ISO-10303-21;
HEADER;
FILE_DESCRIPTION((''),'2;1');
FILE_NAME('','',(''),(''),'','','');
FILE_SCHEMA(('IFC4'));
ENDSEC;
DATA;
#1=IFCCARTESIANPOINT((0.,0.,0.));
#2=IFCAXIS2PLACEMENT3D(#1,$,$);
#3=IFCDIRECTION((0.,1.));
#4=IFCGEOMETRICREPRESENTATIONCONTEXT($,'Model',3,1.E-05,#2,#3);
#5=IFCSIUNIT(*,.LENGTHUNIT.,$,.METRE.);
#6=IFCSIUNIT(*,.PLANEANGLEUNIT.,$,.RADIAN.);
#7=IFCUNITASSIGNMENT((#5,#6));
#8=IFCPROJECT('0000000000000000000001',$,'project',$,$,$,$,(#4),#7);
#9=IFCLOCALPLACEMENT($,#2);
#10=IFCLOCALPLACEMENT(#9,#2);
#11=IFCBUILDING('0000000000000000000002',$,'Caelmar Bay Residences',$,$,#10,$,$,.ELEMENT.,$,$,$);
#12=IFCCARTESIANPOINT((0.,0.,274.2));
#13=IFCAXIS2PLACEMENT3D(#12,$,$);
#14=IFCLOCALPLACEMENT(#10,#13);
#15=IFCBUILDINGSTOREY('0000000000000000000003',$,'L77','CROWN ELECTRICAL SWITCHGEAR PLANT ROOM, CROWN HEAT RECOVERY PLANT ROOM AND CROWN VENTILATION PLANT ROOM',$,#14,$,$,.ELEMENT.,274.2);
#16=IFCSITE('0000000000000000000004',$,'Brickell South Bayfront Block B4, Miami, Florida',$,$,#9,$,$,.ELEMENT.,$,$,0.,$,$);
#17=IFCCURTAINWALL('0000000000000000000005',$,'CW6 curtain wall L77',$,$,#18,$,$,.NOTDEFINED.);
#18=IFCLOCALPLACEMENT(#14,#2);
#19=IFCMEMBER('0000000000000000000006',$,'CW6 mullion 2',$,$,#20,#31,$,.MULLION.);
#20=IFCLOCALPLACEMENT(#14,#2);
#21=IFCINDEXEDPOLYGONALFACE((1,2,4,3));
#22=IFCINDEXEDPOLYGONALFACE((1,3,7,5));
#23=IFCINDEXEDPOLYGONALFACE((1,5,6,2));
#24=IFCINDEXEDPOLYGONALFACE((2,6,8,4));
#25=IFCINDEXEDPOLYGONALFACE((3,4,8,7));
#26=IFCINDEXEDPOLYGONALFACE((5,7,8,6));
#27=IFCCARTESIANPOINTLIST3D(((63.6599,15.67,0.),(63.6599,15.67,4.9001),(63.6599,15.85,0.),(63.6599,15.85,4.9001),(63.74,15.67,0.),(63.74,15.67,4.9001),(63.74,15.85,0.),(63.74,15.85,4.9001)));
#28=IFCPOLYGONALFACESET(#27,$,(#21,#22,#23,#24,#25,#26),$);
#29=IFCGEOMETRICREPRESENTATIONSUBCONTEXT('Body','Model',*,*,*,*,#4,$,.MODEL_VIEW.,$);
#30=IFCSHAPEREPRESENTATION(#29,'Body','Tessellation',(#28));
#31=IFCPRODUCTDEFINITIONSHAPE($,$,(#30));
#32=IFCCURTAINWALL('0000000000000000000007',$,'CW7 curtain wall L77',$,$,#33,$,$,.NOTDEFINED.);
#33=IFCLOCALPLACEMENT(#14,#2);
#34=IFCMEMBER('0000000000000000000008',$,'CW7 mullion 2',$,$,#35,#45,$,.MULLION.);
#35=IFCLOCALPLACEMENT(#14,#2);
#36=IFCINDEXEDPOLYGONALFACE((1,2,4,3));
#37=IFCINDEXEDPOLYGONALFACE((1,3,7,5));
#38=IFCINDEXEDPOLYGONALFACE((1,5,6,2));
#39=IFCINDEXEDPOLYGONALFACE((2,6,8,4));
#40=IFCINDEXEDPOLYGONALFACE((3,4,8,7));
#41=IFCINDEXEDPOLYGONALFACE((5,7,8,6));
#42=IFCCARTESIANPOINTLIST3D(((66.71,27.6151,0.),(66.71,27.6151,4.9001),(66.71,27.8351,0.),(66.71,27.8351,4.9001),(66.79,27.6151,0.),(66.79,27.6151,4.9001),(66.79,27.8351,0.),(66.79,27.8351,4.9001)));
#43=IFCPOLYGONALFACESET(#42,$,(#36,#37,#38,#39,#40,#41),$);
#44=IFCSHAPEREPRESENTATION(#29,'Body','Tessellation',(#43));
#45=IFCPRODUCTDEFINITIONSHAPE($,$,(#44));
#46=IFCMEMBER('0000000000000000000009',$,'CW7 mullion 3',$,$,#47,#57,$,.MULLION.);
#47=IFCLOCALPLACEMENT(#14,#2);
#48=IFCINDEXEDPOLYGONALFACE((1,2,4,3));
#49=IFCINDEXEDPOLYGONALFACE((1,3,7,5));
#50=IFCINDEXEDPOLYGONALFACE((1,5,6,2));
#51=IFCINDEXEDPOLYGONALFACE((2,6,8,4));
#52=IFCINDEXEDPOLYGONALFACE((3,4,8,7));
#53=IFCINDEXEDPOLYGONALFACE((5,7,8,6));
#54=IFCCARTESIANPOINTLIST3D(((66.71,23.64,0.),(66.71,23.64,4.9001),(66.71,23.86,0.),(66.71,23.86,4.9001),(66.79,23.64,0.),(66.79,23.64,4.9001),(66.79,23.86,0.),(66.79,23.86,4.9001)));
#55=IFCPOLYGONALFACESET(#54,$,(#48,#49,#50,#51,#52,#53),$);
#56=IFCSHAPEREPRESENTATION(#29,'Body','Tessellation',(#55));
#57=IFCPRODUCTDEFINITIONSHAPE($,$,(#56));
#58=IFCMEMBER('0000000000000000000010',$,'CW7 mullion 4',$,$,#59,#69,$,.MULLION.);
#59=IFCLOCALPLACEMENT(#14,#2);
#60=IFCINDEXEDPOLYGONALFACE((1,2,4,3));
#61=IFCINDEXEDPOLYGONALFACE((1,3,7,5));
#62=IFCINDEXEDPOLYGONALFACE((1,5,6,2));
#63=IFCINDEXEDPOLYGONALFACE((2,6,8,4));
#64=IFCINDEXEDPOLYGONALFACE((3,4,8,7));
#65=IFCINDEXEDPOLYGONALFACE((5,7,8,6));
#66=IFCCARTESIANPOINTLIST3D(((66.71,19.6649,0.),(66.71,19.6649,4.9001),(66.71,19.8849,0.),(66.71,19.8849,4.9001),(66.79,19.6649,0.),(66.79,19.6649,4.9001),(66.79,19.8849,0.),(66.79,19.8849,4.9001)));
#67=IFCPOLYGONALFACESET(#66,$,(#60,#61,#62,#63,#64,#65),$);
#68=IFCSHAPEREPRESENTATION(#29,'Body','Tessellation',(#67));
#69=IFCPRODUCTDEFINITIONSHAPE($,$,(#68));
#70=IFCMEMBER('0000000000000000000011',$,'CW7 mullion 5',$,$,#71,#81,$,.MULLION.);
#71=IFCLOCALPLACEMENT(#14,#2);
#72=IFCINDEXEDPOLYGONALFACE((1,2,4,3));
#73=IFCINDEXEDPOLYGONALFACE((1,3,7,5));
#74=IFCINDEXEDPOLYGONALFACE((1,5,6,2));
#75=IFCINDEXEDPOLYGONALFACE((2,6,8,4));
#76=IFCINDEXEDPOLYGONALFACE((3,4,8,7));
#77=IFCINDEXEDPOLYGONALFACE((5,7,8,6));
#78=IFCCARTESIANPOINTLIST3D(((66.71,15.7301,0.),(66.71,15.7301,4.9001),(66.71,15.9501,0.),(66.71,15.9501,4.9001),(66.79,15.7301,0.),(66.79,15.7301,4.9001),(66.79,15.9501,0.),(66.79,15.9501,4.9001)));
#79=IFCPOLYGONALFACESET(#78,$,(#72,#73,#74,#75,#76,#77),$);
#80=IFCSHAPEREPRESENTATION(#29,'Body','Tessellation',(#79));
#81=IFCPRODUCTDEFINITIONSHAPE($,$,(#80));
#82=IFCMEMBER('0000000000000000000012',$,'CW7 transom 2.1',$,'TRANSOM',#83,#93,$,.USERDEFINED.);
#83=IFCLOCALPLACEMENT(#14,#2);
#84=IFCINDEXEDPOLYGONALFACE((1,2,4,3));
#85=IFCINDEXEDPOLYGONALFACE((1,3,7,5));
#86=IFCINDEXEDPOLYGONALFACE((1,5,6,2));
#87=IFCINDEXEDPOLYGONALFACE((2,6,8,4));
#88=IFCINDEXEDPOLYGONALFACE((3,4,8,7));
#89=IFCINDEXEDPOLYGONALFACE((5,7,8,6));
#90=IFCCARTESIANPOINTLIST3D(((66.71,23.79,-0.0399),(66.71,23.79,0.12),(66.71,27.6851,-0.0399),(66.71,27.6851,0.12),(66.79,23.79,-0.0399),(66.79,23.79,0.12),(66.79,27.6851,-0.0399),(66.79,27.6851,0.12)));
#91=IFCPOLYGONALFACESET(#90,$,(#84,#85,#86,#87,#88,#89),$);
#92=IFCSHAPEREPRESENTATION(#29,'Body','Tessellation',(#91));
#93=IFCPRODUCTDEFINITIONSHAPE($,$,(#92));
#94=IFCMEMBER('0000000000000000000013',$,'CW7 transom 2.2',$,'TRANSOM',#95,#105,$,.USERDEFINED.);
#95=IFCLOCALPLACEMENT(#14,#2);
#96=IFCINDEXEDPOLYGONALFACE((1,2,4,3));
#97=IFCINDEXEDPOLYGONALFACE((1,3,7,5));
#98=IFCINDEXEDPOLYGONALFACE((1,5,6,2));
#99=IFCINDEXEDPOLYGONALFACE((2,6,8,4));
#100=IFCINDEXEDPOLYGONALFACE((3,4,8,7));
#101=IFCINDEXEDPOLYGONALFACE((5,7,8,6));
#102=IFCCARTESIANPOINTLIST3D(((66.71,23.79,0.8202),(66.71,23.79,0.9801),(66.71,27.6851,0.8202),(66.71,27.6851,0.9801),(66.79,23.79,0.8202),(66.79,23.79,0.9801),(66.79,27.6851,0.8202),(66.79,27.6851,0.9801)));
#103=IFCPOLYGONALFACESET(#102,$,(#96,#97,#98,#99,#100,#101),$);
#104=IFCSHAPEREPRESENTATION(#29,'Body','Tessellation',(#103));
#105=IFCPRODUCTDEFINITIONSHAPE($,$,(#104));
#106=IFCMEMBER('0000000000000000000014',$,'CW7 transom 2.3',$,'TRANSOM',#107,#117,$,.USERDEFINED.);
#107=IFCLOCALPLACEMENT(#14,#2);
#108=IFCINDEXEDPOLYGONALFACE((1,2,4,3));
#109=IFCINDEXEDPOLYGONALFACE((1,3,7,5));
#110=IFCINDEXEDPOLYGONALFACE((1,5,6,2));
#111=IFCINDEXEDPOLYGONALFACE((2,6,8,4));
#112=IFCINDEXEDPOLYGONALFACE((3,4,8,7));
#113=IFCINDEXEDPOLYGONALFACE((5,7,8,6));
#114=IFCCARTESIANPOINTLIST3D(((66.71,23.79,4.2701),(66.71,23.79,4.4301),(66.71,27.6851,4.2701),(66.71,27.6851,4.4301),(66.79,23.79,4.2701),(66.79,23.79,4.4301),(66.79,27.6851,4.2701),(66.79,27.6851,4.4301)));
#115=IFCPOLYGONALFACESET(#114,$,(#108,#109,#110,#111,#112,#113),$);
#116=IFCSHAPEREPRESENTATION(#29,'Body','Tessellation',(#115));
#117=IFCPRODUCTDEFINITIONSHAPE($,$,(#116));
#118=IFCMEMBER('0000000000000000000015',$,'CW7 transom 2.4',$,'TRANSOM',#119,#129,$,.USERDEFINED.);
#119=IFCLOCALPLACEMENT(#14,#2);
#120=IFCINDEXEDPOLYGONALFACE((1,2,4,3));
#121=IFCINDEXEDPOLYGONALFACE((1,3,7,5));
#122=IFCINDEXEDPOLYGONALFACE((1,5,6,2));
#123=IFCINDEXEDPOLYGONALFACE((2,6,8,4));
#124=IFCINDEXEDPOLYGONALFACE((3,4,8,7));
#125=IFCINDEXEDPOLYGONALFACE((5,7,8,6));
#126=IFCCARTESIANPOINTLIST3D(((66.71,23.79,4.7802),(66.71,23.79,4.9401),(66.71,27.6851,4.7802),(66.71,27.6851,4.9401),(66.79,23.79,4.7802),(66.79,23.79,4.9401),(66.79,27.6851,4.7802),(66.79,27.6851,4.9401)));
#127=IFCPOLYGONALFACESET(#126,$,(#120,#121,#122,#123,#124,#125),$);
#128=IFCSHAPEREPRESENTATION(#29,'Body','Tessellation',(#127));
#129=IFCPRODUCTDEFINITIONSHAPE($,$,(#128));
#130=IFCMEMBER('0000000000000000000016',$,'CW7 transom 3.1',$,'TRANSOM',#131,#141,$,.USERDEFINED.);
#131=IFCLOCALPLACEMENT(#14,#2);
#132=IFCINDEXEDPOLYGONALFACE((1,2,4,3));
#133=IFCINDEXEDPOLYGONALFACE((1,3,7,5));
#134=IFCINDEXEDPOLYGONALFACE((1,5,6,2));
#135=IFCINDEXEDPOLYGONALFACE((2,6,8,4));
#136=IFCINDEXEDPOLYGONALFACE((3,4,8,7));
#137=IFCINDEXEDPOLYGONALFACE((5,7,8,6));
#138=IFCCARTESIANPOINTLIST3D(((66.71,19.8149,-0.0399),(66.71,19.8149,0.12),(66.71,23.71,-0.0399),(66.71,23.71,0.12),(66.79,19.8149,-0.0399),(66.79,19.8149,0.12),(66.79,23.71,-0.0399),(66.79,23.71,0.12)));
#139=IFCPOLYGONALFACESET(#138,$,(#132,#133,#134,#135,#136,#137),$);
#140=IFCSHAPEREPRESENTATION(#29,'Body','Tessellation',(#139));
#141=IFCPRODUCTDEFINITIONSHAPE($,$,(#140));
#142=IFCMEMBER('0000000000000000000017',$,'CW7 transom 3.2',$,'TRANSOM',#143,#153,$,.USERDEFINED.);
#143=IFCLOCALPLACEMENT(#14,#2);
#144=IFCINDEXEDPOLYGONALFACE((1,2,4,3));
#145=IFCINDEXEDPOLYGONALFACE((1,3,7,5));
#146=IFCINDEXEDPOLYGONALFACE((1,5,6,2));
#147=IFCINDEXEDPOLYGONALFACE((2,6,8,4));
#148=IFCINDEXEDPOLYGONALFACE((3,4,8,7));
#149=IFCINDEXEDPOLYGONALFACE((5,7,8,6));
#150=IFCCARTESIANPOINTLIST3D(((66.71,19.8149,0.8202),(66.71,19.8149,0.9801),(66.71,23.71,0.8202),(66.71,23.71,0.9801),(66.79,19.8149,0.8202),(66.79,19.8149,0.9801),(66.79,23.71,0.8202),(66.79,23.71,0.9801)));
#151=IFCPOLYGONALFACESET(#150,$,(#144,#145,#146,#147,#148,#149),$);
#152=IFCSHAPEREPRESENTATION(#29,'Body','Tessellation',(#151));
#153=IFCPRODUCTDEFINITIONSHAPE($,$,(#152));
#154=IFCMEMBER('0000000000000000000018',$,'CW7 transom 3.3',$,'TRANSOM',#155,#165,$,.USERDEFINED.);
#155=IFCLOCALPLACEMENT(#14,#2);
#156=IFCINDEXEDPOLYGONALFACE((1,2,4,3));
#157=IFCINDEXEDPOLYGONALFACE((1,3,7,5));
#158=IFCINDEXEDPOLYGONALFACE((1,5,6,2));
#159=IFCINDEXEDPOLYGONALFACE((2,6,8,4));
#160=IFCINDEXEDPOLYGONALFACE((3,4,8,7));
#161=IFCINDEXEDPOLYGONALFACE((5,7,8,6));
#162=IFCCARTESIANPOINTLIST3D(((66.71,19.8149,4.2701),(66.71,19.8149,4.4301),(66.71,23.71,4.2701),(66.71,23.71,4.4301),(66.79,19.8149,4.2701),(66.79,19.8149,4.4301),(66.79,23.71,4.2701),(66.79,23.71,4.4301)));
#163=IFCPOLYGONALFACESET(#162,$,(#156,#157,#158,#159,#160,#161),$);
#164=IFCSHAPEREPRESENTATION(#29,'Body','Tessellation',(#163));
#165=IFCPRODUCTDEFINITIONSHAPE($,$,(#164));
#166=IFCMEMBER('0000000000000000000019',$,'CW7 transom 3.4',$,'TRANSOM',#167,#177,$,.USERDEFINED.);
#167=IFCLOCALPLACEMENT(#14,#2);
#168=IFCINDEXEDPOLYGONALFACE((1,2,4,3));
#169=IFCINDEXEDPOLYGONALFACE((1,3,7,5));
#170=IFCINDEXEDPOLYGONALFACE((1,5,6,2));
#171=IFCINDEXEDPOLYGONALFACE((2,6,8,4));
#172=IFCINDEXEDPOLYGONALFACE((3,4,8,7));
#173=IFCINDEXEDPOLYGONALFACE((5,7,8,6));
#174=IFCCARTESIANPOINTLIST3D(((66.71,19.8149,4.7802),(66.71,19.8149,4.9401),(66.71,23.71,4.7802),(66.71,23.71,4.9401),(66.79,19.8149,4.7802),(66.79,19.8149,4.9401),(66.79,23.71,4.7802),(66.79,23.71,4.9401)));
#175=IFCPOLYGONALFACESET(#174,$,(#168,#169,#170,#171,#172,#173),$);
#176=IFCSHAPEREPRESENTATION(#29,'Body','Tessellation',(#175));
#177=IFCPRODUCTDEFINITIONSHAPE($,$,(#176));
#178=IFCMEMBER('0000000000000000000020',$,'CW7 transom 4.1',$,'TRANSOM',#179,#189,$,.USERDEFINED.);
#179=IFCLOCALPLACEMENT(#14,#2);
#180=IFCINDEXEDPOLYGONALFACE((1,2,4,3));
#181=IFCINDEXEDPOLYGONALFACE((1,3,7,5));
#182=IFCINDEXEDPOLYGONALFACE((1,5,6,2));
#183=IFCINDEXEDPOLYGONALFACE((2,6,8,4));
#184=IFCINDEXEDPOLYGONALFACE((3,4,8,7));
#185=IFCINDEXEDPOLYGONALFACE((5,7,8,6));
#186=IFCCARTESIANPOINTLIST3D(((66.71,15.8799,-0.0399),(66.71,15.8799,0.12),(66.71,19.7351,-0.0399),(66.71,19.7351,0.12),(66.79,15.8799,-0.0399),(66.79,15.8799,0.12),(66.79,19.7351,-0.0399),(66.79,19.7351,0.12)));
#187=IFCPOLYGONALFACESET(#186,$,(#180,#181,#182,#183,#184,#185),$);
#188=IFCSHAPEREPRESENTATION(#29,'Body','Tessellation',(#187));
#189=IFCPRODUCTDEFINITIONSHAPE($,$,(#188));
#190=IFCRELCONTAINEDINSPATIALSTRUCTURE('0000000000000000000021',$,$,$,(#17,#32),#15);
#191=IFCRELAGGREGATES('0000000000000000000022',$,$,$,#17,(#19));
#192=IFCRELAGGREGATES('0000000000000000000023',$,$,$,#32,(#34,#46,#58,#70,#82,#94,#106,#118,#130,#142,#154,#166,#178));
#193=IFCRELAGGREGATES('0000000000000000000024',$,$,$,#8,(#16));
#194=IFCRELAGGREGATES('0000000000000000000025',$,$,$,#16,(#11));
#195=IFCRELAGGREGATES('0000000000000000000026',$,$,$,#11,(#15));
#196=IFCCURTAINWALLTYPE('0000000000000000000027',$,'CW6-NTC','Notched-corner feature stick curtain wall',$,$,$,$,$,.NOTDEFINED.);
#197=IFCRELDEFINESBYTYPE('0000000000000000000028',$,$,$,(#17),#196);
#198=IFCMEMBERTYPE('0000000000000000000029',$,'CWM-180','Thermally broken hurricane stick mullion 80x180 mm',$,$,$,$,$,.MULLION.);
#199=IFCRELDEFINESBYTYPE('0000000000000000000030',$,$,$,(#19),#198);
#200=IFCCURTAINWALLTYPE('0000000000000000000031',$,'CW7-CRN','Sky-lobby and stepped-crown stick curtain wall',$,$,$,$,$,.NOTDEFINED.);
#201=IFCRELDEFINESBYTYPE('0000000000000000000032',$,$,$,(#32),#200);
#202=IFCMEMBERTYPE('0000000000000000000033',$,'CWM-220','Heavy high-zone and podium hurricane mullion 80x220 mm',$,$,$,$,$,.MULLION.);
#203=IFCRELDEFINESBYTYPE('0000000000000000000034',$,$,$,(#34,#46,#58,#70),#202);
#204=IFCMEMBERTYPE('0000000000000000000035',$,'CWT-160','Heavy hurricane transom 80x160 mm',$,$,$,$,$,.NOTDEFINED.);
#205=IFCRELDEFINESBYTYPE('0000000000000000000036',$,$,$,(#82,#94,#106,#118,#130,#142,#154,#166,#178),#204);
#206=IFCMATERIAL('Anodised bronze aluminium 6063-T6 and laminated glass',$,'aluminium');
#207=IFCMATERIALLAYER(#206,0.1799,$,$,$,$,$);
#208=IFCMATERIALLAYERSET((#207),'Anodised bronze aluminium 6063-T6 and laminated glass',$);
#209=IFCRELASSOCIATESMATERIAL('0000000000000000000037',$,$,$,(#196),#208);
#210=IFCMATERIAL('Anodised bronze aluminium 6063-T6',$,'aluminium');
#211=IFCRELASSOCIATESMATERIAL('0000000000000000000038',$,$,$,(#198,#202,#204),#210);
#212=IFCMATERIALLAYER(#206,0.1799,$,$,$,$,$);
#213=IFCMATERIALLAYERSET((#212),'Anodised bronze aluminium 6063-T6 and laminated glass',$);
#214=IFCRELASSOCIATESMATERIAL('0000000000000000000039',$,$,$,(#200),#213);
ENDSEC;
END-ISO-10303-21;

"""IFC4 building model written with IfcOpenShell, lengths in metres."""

from ifc_helpers import new_model, si_unit, direction, frame, origin, origin_2d, place, context, subcontext, project, spatial, rectangle, extrude, material, layer, layer_set, material_profile, profile_set, type_object, element, aggregate, save


model = new_model("IFC4")

# Units and contexts
model_context = context("Model", 3, precision=1e-05, world=origin(), true_north=direction((0.0, 1.0)))
body_context = subcontext(model_context, "Body", "Model", "MODEL_VIEW")
ifc_project = project(units=[si_unit("LENGTHUNIT", "METRE"), si_unit("PLANEANGLEUNIT", "RADIAN")], contexts=[model_context])

# Site, building, storey
site_placement = place(None, origin())
site = spatial("IfcSite", under=ifc_project, at=site_placement, Name="Brickell South Bayfront Block B4, Miami, Florida", CompositionType="ELEMENT", RefElevation=0.0)
building_placement = place(site_placement, origin())
building = spatial("IfcBuilding", under=site, at=building_placement, Name="Caelmar Bay Residences", CompositionType="ELEMENT")
storey_placement = place(building_placement, frame((0.0, 0.0, 274.2)))
storey = spatial("IfcBuildingStorey", under=building, at=storey_placement, Name="L77", Description="CROWN ELECTRICAL SWITCHGEAR PLANT ROOM, CROWN HEAT RECOVERY PLANT ROOM AND CROWN VENTILATION PLANT ROOM", CompositionType="ELEMENT", Elevation=274.2)

# Curtain wall, member
ifc_material_1 = material(Name="Anodised bronze aluminium 6063-T6 and laminated glass", Category="aluminium")
ifc_layer_1 = layer(ifc_material_1, 0.1799)
ifc_layer_set_1 = layer_set([ifc_layer_1], Name="Anodised bronze aluminium 6063-T6 and laminated glass")
curtain_wall_type_1 = type_object("IfcCurtainWallType", Name="CW6-NTC", Description="Notched-corner feature stick curtain wall", PredefinedType="NOTDEFINED", material=ifc_layer_set_1)
curtain_wall_1_placement = place(storey_placement, origin())
curtain_wall_1 = element("IfcCurtainWall", 1, at=curtain_wall_1_placement, inside=storey, type_object=curtain_wall_type_1, Name="CW6 curtain wall L77", PredefinedType="NOTDEFINED")
ifc_material_2 = material(Name="Anodised bronze aluminium 6063-T6", Category="aluminium")
ifc_material_profile_1 = material_profile(ifc_material_2, rectangle(XDim=0.0801, YDim=0.1799, at=origin_2d()), Name="CWM-80X180")
ifc_profile_set_1 = profile_set([ifc_material_profile_1], Name="Anodised bronze aluminium 6063-T6")
member_type_1 = type_object("IfcMemberType", Name="CWM-180", Description="Thermally broken hurricane stick mullion 80x180 mm", PredefinedType="MULLION", material=ifc_profile_set_1)
member_1_placement = place(storey_placement, frame((63.7, 15.76, 0.0), z_axis=(0.0, 0.0, 1.0), x_axis=(-1.0, 0.0, 0.0)))
member_1 = element("IfcMember", 2, at=member_1_placement, type_object=member_type_1, Name="CW6 mullion 2", PredefinedType="MULLION", context=body_context, shape_type="SweptSolid", body=[
    extrude(rectangle(XDim=0.0801, YDim=0.1799, at=origin_2d()), origin(), (0.0, 0.0, 1.0), 4.9001),
])

# Curtain wall, members
ifc_layer_2 = layer(ifc_material_1, 0.1799)
ifc_layer_set_2 = layer_set([ifc_layer_2], Name="Anodised bronze aluminium 6063-T6 and laminated glass")
curtain_wall_type_2 = type_object("IfcCurtainWallType", Name="CW7-CRN", Description="Sky-lobby and stepped-crown stick curtain wall", PredefinedType="NOTDEFINED", material=ifc_layer_set_2)
curtain_wall_2_placement = place(storey_placement, origin())
curtain_wall_2 = element("IfcCurtainWall", 3, at=curtain_wall_2_placement, inside=storey, type_object=curtain_wall_type_2, Name="CW7 curtain wall L77", PredefinedType="NOTDEFINED")
ifc_material_profile_2 = material_profile(ifc_material_2, rectangle(XDim=0.0801, YDim=0.22, at=origin_2d()), Name="CWM-80X220")
ifc_profile_set_2 = profile_set([ifc_material_profile_2], Name="Anodised bronze aluminium 6063-T6")
member_type_2 = type_object("IfcMemberType", Name="CWM-220", Description="Heavy high-zone and podium hurricane mullion 80x220 mm", PredefinedType="MULLION", material=ifc_profile_set_2)
member_2_placement = place(storey_placement, frame((66.75, 27.7251, 0.0), z_axis=(0.0, 0.0, 1.0), x_axis=(1.0, 0.0, 0.0)))
member_2 = element("IfcMember", 4, at=member_2_placement, type_object=member_type_2, Name="CW7 mullion 2", PredefinedType="MULLION", context=body_context, shape_type="SweptSolid", body=[
    extrude(rectangle(XDim=0.0801, YDim=0.22, at=origin_2d()), origin(), (0.0, 0.0, 1.0), 4.9001),
])
member_3_placement = place(storey_placement, frame((66.75, 23.75, 0.0), z_axis=(0.0, 0.0, 1.0), x_axis=(1.0, 0.0, 0.0)))
member_3 = element("IfcMember", 5, at=member_3_placement, type_object=member_type_2, Name="CW7 mullion 3", PredefinedType="MULLION", context=body_context, shape_type="SweptSolid", body=[
    extrude(rectangle(XDim=0.0801, YDim=0.22, at=origin_2d()), origin(), (0.0, 0.0, 1.0), 4.9001),
])
member_4_placement = place(storey_placement, frame((66.75, 19.7749, 0.0), z_axis=(0.0, 0.0, 1.0), x_axis=(1.0, 0.0, 0.0)))
member_4 = element("IfcMember", 6, at=member_4_placement, type_object=member_type_2, Name="CW7 mullion 4", PredefinedType="MULLION", context=body_context, shape_type="SweptSolid", body=[
    extrude(rectangle(XDim=0.0801, YDim=0.22, at=origin_2d()), origin(), (0.0, 0.0, 1.0), 4.9001),
])
member_5_placement = place(storey_placement, frame((66.75, 15.8401, 0.0), z_axis=(0.0, 0.0, 1.0), x_axis=(1.0, 0.0, 0.0)))
member_5 = element("IfcMember", 7, at=member_5_placement, type_object=member_type_2, Name="CW7 mullion 5", PredefinedType="MULLION", context=body_context, shape_type="SweptSolid", body=[
    extrude(rectangle(XDim=0.0801, YDim=0.22, at=origin_2d()), origin(), (0.0, 0.0, 1.0), 4.9001),
])
ifc_material_profile_3 = material_profile(ifc_material_2, rectangle(XDim=0.0801, YDim=0.1599, at=origin_2d()), Name="CWT-80X160")
ifc_profile_set_3 = profile_set([ifc_material_profile_3], Name="Anodised bronze aluminium 6063-T6")
member_type_3 = type_object("IfcMemberType", Name="CWT-160", Description="Heavy hurricane transom 80x160 mm", PredefinedType="NOTDEFINED", material=ifc_profile_set_3)
member_6_placement = place(storey_placement, frame((66.75, 27.6851, 0.04), z_axis=(0.0, -1.0, 0.0), x_axis=(1.0, 0.0, 0.0)))
member_6 = element("IfcMember", 8, at=member_6_placement, type_object=member_type_3, Name="CW7 transom 2.1", ObjectType="TRANSOM", PredefinedType="USERDEFINED", context=body_context, shape_type="SweptSolid", body=[
    extrude(rectangle(XDim=0.0801, YDim=0.1599, at=origin_2d()), origin(), (0.0, 0.0, 1.0), 3.895),
])
member_7_placement = place(storey_placement, frame((66.75, 27.6851, 0.9001), z_axis=(0.0, -1.0, 0.0), x_axis=(1.0, 0.0, 0.0)))
member_7 = element("IfcMember", 9, at=member_7_placement, type_object=member_type_3, Name="CW7 transom 2.2", ObjectType="TRANSOM", PredefinedType="USERDEFINED", context=body_context, shape_type="SweptSolid", body=[
    extrude(rectangle(XDim=0.0801, YDim=0.1599, at=origin_2d()), origin(), (0.0, 0.0, 1.0), 3.895),
])
member_8_placement = place(storey_placement, frame((66.75, 27.6851, 4.3501), z_axis=(0.0, -1.0, 0.0), x_axis=(1.0, 0.0, 0.0)))
member_8 = element("IfcMember", 10, at=member_8_placement, type_object=member_type_3, Name="CW7 transom 2.3", ObjectType="TRANSOM", PredefinedType="USERDEFINED", context=body_context, shape_type="SweptSolid", body=[
    extrude(rectangle(XDim=0.0801, YDim=0.1599, at=origin_2d()), origin(), (0.0, 0.0, 1.0), 3.895),
])
member_9_placement = place(storey_placement, frame((66.75, 27.6851, 4.8601), z_axis=(0.0, -1.0, 0.0), x_axis=(1.0, 0.0, 0.0)))
member_9 = element("IfcMember", 11, at=member_9_placement, type_object=member_type_3, Name="CW7 transom 2.4", ObjectType="TRANSOM", PredefinedType="USERDEFINED", context=body_context, shape_type="SweptSolid", body=[
    extrude(rectangle(XDim=0.0801, YDim=0.1599, at=origin_2d()), origin(), (0.0, 0.0, 1.0), 3.895),
])
member_10_placement = place(storey_placement, frame((66.75, 23.71, 0.04), z_axis=(0.0, -1.0, 0.0), x_axis=(1.0, 0.0, 0.0)))
member_10 = element("IfcMember", 12, at=member_10_placement, type_object=member_type_3, Name="CW7 transom 3.1", ObjectType="TRANSOM", PredefinedType="USERDEFINED", context=body_context, shape_type="SweptSolid", body=[
    extrude(rectangle(XDim=0.0801, YDim=0.1599, at=origin_2d()), origin(), (0.0, 0.0, 1.0), 3.895),
])
member_11_placement = place(storey_placement, frame((66.75, 23.71, 0.9001), z_axis=(0.0, -1.0, 0.0), x_axis=(1.0, 0.0, 0.0)))
member_11 = element("IfcMember", 13, at=member_11_placement, type_object=member_type_3, Name="CW7 transom 3.2", ObjectType="TRANSOM", PredefinedType="USERDEFINED", context=body_context, shape_type="SweptSolid", body=[
    extrude(rectangle(XDim=0.0801, YDim=0.1599, at=origin_2d()), origin(), (0.0, 0.0, 1.0), 3.895),
])
member_12_placement = place(storey_placement, frame((66.75, 23.71, 4.3501), z_axis=(0.0, -1.0, 0.0), x_axis=(1.0, 0.0, 0.0)))
member_12 = element("IfcMember", 14, at=member_12_placement, type_object=member_type_3, Name="CW7 transom 3.3", ObjectType="TRANSOM", PredefinedType="USERDEFINED", context=body_context, shape_type="SweptSolid", body=[
    extrude(rectangle(XDim=0.0801, YDim=0.1599, at=origin_2d()), origin(), (0.0, 0.0, 1.0), 3.895),
])
member_13_placement = place(storey_placement, frame((66.75, 23.71, 4.8601), z_axis=(0.0, -1.0, 0.0), x_axis=(1.0, 0.0, 0.0)))
member_13 = element("IfcMember", 15, at=member_13_placement, type_object=member_type_3, Name="CW7 transom 3.4", ObjectType="TRANSOM", PredefinedType="USERDEFINED", context=body_context, shape_type="SweptSolid", body=[
    extrude(rectangle(XDim=0.0801, YDim=0.1599, at=origin_2d()), origin(), (0.0, 0.0, 1.0), 3.895),
])
member_14_placement = place(storey_placement, frame((66.75, 19.7351, 0.04), z_axis=(0.0, -1.0, 0.0), x_axis=(1.0, 0.0, 0.0)))
member_14 = element("IfcMember", 16, at=member_14_placement, type_object=member_type_3, Name="CW7 transom 4.1", ObjectType="TRANSOM", PredefinedType="USERDEFINED", context=body_context, shape_type="SweptSolid", body=[
    extrude(rectangle(XDim=0.0801, YDim=0.1599, at=origin_2d()), origin(), (0.0, 0.0, 1.0), 3.8552),
])

aggregate(curtain_wall_1, [member_1])
aggregate(curtain_wall_2, [member_2, member_3, member_4, member_5, member_6, member_7, member_8, member_9, member_10, member_11, member_12, member_13, member_14])

save(model, "model.ifc")
